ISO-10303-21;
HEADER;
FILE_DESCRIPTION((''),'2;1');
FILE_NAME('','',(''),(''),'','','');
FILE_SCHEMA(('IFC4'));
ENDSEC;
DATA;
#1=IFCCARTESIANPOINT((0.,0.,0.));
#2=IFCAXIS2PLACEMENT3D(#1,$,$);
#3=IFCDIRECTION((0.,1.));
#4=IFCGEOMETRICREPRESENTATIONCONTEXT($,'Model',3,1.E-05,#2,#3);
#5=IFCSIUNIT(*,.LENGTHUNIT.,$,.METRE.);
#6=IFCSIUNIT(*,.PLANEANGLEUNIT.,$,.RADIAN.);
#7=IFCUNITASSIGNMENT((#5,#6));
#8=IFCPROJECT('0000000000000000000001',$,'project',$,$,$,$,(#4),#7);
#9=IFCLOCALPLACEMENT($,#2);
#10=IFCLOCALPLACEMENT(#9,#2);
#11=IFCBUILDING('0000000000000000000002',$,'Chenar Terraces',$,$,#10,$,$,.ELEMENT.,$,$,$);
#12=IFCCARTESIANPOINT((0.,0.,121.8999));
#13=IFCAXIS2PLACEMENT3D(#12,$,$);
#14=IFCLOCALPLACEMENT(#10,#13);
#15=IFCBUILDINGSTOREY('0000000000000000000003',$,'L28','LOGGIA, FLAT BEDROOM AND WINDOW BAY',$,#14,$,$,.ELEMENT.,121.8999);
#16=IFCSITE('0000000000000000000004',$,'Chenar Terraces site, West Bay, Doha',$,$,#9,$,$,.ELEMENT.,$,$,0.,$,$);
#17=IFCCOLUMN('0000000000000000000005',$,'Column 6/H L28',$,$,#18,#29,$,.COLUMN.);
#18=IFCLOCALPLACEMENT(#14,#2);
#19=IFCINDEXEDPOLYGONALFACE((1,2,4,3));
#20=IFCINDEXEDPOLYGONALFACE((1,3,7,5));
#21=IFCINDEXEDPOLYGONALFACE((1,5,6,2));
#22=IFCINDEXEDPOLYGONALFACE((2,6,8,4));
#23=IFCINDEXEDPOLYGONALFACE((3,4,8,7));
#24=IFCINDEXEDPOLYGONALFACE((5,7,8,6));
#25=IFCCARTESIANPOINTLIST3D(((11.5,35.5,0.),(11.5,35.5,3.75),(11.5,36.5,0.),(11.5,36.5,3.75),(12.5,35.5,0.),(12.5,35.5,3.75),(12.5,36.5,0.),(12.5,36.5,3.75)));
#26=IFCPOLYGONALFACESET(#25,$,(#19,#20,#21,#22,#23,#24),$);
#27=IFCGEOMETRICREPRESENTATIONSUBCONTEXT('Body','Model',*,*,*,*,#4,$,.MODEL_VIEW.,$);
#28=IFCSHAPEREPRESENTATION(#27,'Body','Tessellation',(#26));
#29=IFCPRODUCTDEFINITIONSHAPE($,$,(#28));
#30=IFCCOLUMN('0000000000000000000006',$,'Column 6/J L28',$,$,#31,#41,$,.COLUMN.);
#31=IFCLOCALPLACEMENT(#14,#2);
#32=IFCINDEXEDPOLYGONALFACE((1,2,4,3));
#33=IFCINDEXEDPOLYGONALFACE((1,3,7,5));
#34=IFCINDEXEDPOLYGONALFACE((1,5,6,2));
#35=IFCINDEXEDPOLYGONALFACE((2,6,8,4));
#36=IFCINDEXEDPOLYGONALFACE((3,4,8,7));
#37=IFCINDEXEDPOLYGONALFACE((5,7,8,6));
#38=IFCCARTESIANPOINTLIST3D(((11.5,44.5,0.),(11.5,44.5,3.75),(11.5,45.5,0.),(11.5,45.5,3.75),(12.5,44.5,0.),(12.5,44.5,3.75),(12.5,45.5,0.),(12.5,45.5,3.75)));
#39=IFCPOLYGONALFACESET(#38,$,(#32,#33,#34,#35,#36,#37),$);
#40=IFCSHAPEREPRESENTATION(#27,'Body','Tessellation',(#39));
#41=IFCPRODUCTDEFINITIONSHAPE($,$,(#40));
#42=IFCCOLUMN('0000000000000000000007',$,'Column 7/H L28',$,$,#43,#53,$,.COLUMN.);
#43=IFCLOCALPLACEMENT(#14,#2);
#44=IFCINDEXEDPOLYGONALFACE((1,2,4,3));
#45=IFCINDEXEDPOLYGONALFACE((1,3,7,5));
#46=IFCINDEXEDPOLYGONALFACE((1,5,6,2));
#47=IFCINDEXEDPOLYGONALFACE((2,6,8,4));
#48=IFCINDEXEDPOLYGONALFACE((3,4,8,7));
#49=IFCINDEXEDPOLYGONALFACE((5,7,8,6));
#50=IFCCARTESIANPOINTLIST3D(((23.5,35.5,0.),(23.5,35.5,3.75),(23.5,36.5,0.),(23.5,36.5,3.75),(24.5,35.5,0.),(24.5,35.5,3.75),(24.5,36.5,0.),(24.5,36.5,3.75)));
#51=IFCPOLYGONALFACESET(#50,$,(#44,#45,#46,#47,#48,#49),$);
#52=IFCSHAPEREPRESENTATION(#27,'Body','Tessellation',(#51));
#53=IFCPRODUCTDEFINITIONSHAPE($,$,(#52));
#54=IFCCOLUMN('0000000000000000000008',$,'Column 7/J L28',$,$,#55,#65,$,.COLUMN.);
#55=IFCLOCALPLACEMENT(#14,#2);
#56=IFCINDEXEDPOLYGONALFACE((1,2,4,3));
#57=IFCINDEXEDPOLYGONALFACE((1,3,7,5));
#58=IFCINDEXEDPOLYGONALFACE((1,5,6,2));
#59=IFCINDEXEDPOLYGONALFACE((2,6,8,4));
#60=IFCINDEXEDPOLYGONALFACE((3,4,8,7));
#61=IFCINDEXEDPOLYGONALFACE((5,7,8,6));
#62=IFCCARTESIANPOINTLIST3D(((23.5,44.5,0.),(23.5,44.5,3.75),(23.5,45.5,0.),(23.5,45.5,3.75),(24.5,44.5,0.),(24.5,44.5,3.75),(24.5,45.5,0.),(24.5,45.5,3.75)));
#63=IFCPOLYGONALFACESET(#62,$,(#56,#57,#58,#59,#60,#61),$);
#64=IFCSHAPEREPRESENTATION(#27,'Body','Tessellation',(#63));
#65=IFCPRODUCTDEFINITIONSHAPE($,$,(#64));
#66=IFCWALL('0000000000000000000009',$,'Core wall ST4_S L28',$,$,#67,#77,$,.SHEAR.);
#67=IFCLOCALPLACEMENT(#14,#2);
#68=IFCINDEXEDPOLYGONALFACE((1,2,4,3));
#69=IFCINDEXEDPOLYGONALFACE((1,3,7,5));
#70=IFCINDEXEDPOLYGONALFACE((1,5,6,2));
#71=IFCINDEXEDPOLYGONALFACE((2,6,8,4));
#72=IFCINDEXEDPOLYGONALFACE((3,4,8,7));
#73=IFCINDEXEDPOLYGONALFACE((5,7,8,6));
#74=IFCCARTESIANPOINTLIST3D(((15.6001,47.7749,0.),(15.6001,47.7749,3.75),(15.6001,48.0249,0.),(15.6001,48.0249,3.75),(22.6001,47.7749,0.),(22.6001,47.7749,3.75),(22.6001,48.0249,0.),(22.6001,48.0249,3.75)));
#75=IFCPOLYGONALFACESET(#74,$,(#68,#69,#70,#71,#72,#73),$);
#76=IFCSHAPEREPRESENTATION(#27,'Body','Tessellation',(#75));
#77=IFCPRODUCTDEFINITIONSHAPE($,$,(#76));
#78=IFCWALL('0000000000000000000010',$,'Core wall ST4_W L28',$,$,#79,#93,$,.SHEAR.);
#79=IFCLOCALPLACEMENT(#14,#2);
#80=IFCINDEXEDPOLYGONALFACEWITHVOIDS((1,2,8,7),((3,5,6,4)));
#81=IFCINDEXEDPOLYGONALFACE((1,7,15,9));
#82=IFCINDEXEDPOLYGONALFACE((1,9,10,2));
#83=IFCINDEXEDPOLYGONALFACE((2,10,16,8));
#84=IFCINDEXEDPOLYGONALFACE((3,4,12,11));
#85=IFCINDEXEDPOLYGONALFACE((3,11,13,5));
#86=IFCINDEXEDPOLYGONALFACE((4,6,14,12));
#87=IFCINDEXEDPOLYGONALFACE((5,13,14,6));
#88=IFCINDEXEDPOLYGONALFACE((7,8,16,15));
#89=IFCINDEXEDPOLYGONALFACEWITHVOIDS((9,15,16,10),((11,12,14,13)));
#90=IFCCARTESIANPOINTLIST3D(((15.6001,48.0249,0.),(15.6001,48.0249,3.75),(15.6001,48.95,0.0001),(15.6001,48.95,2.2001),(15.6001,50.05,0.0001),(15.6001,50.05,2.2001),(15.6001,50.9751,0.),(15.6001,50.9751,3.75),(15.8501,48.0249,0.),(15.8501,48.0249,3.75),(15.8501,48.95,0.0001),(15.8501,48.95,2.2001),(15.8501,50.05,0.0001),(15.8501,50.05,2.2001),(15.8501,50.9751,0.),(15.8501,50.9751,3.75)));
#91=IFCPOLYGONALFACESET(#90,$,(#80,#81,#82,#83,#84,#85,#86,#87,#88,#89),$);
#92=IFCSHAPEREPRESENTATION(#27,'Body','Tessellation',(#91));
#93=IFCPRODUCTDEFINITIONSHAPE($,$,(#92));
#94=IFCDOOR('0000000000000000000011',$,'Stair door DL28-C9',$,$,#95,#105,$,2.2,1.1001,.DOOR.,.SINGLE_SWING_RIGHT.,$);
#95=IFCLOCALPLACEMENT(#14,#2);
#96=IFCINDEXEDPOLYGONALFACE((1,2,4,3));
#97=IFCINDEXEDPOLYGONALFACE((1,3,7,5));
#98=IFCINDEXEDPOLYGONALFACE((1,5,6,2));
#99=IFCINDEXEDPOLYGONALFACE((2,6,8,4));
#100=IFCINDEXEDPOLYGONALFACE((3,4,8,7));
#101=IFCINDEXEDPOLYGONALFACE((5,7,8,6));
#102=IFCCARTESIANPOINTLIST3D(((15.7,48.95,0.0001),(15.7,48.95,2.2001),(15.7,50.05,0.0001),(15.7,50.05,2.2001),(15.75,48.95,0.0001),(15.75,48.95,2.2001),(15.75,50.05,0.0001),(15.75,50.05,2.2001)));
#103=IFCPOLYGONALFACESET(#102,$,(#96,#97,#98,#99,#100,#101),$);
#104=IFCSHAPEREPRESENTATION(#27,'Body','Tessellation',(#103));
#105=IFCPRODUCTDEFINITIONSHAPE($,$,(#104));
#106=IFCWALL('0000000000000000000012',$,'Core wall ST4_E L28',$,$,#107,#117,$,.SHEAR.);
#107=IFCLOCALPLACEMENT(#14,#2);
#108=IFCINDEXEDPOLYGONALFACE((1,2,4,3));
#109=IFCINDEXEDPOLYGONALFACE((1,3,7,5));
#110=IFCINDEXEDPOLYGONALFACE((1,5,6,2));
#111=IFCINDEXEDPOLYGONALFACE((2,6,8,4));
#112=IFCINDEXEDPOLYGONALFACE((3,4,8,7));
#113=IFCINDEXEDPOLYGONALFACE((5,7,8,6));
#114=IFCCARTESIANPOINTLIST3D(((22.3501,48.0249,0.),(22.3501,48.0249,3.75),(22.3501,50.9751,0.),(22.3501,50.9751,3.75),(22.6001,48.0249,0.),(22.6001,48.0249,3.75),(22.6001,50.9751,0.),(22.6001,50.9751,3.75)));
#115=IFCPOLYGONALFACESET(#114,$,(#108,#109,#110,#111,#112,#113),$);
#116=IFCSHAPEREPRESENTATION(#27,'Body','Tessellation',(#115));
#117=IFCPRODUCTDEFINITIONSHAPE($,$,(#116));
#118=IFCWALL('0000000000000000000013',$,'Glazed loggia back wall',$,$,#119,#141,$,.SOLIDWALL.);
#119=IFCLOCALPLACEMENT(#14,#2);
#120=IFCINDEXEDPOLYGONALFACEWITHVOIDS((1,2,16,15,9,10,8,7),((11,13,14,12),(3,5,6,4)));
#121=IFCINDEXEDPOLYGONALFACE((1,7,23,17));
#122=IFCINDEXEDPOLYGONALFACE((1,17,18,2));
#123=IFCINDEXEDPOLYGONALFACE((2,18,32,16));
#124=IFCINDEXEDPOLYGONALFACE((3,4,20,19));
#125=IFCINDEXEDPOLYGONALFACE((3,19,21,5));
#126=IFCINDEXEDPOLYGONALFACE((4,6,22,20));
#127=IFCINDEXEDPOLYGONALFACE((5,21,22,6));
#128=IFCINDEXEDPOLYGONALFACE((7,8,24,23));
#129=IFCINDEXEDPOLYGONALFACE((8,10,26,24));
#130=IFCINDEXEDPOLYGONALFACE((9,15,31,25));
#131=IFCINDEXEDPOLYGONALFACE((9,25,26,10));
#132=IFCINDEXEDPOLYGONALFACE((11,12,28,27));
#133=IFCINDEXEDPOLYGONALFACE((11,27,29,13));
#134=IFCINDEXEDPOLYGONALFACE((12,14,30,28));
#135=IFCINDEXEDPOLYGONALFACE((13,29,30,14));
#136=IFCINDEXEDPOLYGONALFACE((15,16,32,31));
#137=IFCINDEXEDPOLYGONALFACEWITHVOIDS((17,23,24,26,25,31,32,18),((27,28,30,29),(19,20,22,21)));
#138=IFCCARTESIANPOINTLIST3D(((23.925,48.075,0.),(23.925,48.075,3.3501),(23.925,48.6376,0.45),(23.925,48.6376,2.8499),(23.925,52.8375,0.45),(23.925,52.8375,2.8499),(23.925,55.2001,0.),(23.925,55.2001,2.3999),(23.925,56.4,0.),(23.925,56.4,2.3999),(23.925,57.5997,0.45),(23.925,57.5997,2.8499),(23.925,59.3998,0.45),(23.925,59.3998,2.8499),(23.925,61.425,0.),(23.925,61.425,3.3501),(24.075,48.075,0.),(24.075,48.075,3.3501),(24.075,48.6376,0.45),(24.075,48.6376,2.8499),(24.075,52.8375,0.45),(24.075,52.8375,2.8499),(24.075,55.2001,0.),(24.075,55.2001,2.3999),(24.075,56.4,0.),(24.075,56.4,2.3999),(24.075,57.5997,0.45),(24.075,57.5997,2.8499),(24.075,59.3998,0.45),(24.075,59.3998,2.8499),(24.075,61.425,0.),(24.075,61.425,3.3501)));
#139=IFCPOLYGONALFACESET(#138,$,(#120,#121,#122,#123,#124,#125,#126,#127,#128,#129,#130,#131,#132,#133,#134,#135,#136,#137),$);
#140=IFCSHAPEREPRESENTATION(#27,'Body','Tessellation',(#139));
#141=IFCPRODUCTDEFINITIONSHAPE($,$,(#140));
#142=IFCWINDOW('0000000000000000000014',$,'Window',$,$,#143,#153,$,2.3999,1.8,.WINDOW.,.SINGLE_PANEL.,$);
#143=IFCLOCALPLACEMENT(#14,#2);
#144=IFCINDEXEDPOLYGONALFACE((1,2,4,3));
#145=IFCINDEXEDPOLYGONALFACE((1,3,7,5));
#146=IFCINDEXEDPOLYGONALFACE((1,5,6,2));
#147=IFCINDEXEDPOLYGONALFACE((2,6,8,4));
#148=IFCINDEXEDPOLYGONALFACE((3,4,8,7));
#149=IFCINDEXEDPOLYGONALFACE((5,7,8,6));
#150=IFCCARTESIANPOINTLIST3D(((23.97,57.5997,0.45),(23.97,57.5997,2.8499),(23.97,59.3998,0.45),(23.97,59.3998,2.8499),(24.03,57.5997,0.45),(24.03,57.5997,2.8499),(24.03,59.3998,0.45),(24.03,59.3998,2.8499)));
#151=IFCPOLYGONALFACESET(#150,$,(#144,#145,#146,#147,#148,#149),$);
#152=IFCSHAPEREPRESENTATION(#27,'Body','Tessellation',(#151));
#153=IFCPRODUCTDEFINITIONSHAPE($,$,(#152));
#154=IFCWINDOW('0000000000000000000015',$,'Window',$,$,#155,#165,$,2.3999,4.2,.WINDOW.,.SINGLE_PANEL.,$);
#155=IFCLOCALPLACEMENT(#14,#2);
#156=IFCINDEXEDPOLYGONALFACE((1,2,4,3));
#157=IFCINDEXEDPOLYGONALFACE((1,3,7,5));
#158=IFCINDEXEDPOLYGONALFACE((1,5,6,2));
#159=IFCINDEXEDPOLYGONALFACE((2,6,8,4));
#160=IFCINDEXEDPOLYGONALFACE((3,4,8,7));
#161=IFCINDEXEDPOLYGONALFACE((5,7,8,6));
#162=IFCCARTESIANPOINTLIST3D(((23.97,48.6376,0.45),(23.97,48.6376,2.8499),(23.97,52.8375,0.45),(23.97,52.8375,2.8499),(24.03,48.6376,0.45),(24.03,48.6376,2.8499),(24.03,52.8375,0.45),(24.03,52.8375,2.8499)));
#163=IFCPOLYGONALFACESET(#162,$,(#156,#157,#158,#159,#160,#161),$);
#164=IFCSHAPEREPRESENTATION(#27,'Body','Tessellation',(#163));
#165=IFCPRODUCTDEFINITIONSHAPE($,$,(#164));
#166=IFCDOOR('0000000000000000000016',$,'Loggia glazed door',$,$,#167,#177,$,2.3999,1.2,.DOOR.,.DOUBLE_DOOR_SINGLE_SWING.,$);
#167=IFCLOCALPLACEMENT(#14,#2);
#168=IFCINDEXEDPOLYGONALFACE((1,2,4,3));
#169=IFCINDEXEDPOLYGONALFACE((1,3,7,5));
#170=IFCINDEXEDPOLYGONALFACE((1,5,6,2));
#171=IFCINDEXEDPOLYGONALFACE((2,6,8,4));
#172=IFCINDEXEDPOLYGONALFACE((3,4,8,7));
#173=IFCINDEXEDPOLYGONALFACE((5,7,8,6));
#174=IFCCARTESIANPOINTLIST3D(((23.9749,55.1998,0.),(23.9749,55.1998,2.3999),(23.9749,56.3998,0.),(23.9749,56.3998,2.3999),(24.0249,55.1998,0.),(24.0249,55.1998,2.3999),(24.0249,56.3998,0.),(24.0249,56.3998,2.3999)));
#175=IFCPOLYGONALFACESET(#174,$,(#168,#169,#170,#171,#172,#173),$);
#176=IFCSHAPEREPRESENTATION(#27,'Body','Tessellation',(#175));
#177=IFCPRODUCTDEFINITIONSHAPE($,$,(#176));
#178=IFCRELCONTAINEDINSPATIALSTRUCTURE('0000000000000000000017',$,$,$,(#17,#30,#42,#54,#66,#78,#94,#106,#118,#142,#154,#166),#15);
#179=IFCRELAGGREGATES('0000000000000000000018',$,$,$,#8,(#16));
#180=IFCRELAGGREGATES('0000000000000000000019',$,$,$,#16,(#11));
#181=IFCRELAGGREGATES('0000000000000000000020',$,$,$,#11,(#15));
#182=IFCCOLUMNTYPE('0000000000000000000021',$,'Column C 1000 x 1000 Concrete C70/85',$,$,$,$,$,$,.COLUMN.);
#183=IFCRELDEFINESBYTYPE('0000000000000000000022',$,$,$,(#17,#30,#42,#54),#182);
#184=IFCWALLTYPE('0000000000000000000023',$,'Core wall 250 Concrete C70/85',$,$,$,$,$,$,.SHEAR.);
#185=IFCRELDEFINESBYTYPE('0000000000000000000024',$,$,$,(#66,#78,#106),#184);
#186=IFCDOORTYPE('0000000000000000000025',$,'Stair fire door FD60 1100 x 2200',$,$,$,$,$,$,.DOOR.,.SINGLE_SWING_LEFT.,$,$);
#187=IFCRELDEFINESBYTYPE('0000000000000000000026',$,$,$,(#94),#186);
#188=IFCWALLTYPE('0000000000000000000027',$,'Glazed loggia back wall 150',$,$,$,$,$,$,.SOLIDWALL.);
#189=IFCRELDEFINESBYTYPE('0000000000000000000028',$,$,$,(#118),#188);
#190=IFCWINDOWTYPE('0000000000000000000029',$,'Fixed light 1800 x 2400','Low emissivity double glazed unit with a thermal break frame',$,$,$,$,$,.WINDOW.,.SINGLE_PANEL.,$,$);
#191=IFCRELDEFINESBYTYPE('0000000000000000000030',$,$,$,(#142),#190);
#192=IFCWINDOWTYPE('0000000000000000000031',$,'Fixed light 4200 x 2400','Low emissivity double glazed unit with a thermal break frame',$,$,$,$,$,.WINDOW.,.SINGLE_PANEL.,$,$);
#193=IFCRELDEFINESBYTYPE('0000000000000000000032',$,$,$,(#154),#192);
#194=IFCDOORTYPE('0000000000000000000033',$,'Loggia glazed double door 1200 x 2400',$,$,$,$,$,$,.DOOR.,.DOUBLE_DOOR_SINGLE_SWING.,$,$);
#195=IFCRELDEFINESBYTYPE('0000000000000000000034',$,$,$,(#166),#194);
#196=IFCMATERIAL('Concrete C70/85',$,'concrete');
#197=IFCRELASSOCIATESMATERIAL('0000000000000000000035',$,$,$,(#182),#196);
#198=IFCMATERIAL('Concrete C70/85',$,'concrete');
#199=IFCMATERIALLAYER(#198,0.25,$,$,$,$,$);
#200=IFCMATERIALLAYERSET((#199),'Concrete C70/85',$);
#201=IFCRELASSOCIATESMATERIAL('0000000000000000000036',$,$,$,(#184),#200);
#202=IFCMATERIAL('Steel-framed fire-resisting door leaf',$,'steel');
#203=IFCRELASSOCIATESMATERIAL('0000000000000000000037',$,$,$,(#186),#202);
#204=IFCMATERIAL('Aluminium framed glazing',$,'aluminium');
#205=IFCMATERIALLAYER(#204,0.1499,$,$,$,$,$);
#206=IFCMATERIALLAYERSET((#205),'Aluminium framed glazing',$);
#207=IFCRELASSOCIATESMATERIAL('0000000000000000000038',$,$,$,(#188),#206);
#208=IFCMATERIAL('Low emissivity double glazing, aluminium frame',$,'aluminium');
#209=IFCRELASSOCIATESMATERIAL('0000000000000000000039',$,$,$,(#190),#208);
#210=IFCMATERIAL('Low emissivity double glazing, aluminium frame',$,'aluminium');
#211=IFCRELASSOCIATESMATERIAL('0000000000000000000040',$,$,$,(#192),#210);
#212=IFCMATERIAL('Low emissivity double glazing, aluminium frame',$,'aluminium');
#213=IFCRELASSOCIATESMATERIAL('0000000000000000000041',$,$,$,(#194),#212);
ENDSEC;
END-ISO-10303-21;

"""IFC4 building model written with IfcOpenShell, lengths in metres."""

from ifc_helpers import new_model, si_unit, direction, frame, frame_2d, origin, origin_2d, place, context, subcontext, project, spatial, rectangle, extrude, material, layer, layer_set, material_profile, profile_set, type_object, element, fill, save


model = new_model("IFC4")

# Units and contexts
model_context = context("Model", 3, precision=1e-05, world=origin(), true_north=direction((0.0, 1.0)))
body_context = subcontext(model_context, "Body", "Model", "MODEL_VIEW")
ifc_project = project(units=[si_unit("LENGTHUNIT", "METRE"), si_unit("PLANEANGLEUNIT", "RADIAN")], contexts=[model_context])

# Site, building, storey
site_placement = place(None, origin())
site = spatial("IfcSite", under=ifc_project, at=site_placement, Name="Chenar Terraces site, West Bay, Doha", CompositionType="ELEMENT", RefElevation=0.0)
building_placement = place(site_placement, origin())
building = spatial("IfcBuilding", under=site, at=building_placement, Name="Chenar Terraces", CompositionType="ELEMENT")
storey_placement = place(building_placement, frame((0.0, 0.0, 121.8999)))
storey = spatial("IfcBuildingStorey", under=building, at=storey_placement, Name="L28", Description="LOGGIA, FLAT BEDROOM AND WINDOW BAY", CompositionType="ELEMENT", Elevation=121.8999)

# Columns
ifc_material_1 = material(Name="Concrete C70/85", Category="concrete")
ifc_material_profile = material_profile(ifc_material_1, rectangle(XDim=1.0, YDim=1.0, at=origin_2d()), Name="C 1000 x 1000")
ifc_profile_set = profile_set([ifc_material_profile], Name="Concrete C70/85")
column_type = type_object("IfcColumnType", Name="Column C 1000 x 1000 Concrete C70/85", PredefinedType="COLUMN", material=ifc_profile_set)
for number, where, z_axis, x_axis, name in (
    (1, (12.0, 36.0, 0.0), (0.0, 0.0, 1.0), (1.0, 0.0, 0.0), "Column 6/H L28"),
    (2, (12.0, 45.0, 0.0), (0.0, 0.0, 1.0), (1.0, 0.0, 0.0), "Column 6/J L28"),
    (3, (24.0, 36.0, 0.0), (0.0, 0.0, 1.0), (1.0, 0.0, 0.0), "Column 7/H L28"),
    (4, (24.0, 45.0, 0.0), (0.0, 0.0, 1.0), (1.0, 0.0, 0.0), "Column 7/J L28"),
):
    element("IfcColumn", number, at=place(storey_placement, frame(where, z_axis=z_axis, x_axis=x_axis)), inside=storey, type_object=column_type, Name=name, PredefinedType="COLUMN", context=body_context, shape_type="SweptSolid", body=[
        extrude(rectangle(XDim=1.0, YDim=1.0, at=origin_2d()), origin(), (0.0, 0.0, 1.0), 3.75),
    ])

# Wall
ifc_material_2 = material(Name="Concrete C70/85", Category="concrete")
ifc_layer_1 = layer(ifc_material_2, 0.25)
ifc_layer_set_1 = layer_set([ifc_layer_1], Name="Concrete C70/85")
wall_type_1 = type_object("IfcWallType", Name="Core wall 250 Concrete C70/85", PredefinedType="SHEAR", material=ifc_layer_set_1)
wall_1_placement = place(storey_placement, frame((15.6001, 47.8999, 0.0), z_axis=(0.0, 0.0, 1.0), x_axis=(1.0, 0.0, 0.0)))
element("IfcWall", 5, at=wall_1_placement, inside=storey, type_object=wall_type_1, Name="Core wall ST4_S L28", PredefinedType="SHEAR", context=body_context, shape_type="SweptSolid", body=[
    extrude(rectangle(XDim=7.0, YDim=0.25, at=frame_2d((3.5, 0.0))), origin(), (0.0, 0.0, 1.0), 3.75),
])

# Wall, opening, door
wall_2_placement = place(storey_placement, frame((15.7251, 48.0249, 0.0), z_axis=(0.0, 0.0, 1.0), x_axis=(0.0, 1.0, 0.0)))
wall_2 = element("IfcWall", 6, at=wall_2_placement, inside=storey, type_object=wall_type_1, Name="Core wall ST4_W L28", PredefinedType="SHEAR", context=body_context, shape_type="SweptSolid", body=[
    extrude(rectangle(XDim=2.9502, YDim=0.25, at=frame_2d((1.4751, 0.0))), origin(), (0.0, 0.0, 1.0), 3.75),
])
opening_1_placement = place(wall_2_placement, frame((0.925, 0.0, 0.0)))
opening_1 = element("IfcOpeningElement", 7, at=opening_1_placement, cuts=wall_2, PredefinedType="OPENING", context=body_context, shape_type="SweptSolid", body=[
    extrude(rectangle(XDim=1.1001, YDim=2.2, at=frame_2d((0.55, 1.1001))), frame((0.0, 0.135, 0.0), z_axis=(0.0, -1.0, 0.0), x_axis=(1.0, 0.0, 0.0)), (0.0, 0.0, 1.0), 0.27),
])
ifc_material_3 = material(Name="Steel-framed fire-resisting door leaf", Category="steel")
door_type_1 = type_object("IfcDoorType", Name="Stair fire door FD60 1100 x 2200", OperationType="SINGLE_SWING_LEFT", PredefinedType="DOOR", material=ifc_material_3)
door_1_placement = place(opening_1_placement, frame((1.1001, 0.0, 0.0), z_axis=(0.0, 0.0, 1.0), x_axis=(-1.0, 0.0, 0.0)))
door_1 = element("IfcDoor", 8, at=door_1_placement, inside=storey, type_object=door_type_1, Name="Stair door DL28-C9", OperationType="SINGLE_SWING_RIGHT", OverallHeight=2.2, OverallWidth=1.1001, PredefinedType="DOOR", context=body_context, shape_type="SweptSolid", body=[
    extrude(rectangle(XDim=1.1001, YDim=2.2, at=frame_2d((0.55, 1.1001))), frame((0.0, 0.0249, 0.0), z_axis=(0.0, -1.0, 0.0), x_axis=(1.0, 0.0, 0.0)), (0.0, 0.0, 1.0), 0.05),
])
fill(opening_1, door_1)

# Wall
wall_3_placement = place(storey_placement, frame((22.4751, 48.0249, 0.0), z_axis=(0.0, 0.0, 1.0), x_axis=(0.0, 1.0, 0.0)))
element("IfcWall", 9, at=wall_3_placement, inside=storey, type_object=wall_type_1, Name="Core wall ST4_E L28", PredefinedType="SHEAR", context=body_context, shape_type="SweptSolid", body=[
    extrude(rectangle(XDim=2.9502, YDim=0.25, at=frame_2d((1.4751, 0.0))), origin(), (0.0, 0.0, 1.0), 3.75),
])

# Wall, openings, windows, door
ifc_material_4 = material(Name="Aluminium framed glazing", Category="aluminium")
ifc_layer_2 = layer(ifc_material_4, 0.1499)
ifc_layer_set_2 = layer_set([ifc_layer_2], Name="Aluminium framed glazing")
wall_type_2 = type_object("IfcWallType", Name="Glazed loggia back wall 150", PredefinedType="SOLIDWALL", material=ifc_layer_set_2)
wall_4_placement = place(storey_placement, frame((24.0, 48.075, 0.0), z_axis=(0.0, 0.0, 1.0), x_axis=(0.0, 1.0, 0.0)))
wall_4 = element("IfcWall", 10, at=wall_4_placement, inside=storey, type_object=wall_type_2, Name="Glazed loggia back wall", PredefinedType="SOLIDWALL", context=body_context, shape_type="SweptSolid", body=[
    extrude(rectangle(XDim=13.3501, YDim=0.1499, at=frame_2d((6.675, 0.0))), origin(), (0.0, 0.0, 1.0), 3.3501),
])
opening_2_placement = place(wall_4_placement, frame((0.5625, 0.0, 0.45)))
opening_2 = element("IfcOpeningElement", 11, at=opening_2_placement, cuts=wall_4, PredefinedType="OPENING", context=body_context, shape_type="SweptSolid", body=[
    extrude(rectangle(XDim=4.2, YDim=2.3999, at=frame_2d((2.1001, 1.2))), frame((0.0, 0.085, 0.0), z_axis=(0.0, -1.0, 0.0), x_axis=(1.0, 0.0, 0.0)), (0.0, 0.0, 1.0), 0.1699),
])
opening_3_placement = place(wall_4_placement, frame((7.125, 0.0, 0.0)))
opening_3 = element("IfcOpeningElement", 12, at=opening_3_placement, cuts=wall_4, PredefinedType="OPENING", context=body_context, shape_type="SweptSolid", body=[
    extrude(rectangle(XDim=1.2, YDim=2.3999, at=frame_2d((0.6001, 1.2))), frame((0.0, 0.085, 0.0), z_axis=(0.0, -1.0, 0.0), x_axis=(1.0, 0.0, 0.0)), (0.0, 0.0, 1.0), 0.1699),
])
opening_4_placement = place(wall_4_placement, frame((9.5249, 0.0, 0.45)))
opening_4 = element("IfcOpeningElement", 13, at=opening_4_placement, cuts=wall_4, PredefinedType="OPENING", context=body_context, shape_type="SweptSolid", body=[
    extrude(rectangle(XDim=1.8, YDim=2.3999, at=frame_2d((0.8999, 1.2))), frame((0.0, 0.085, 0.0), z_axis=(0.0, -1.0, 0.0), x_axis=(1.0, 0.0, 0.0)), (0.0, 0.0, 1.0), 0.1699),
])
ifc_material_5 = material(Name="Low emissivity double glazing, aluminium frame", Category="aluminium")
window_type_1 = type_object("IfcWindowType", Name="Fixed light 1800 x 2400", Description="Low emissivity double glazed unit with a thermal break frame", PartitioningType="SINGLE_PANEL", PredefinedType="WINDOW", material=ifc_material_5)
window_1_placement = place(opening_4_placement, origin())
window_1 = element("IfcWindow", 14, at=window_1_placement, inside=storey, type_object=window_type_1, Name="Window", OverallHeight=2.3999, OverallWidth=1.8, PartitioningType="SINGLE_PANEL", PredefinedType="WINDOW", context=body_context, shape_type="SweptSolid", body=[
    extrude(rectangle(XDim=1.8, YDim=2.3999, at=frame_2d((0.8999, 1.2))), frame((0.0, 0.03, 0.0), z_axis=(0.0, -1.0, 0.0), x_axis=(1.0, 0.0, 0.0)), (0.0, 0.0, 1.0), 0.0601),
])
fill(opening_4, window_1)
ifc_material_6 = material(Name="Low emissivity double glazing, aluminium frame", Category="aluminium")
window_type_2 = type_object("IfcWindowType", Name="Fixed light 4200 x 2400", Description="Low emissivity double glazed unit with a thermal break frame", PartitioningType="SINGLE_PANEL", PredefinedType="WINDOW", material=ifc_material_6)
window_2_placement = place(opening_2_placement, origin())
window_2 = element("IfcWindow", 15, at=window_2_placement, inside=storey, type_object=window_type_2, Name="Window", OverallHeight=2.3999, OverallWidth=4.2, PartitioningType="SINGLE_PANEL", PredefinedType="WINDOW", context=body_context, shape_type="SweptSolid", body=[
    extrude(rectangle(XDim=4.2, YDim=2.3999, at=frame_2d((2.1001, 1.2))), frame((0.0, 0.03, 0.0), z_axis=(0.0, -1.0, 0.0), x_axis=(1.0, 0.0, 0.0)), (0.0, 0.0, 1.0), 0.0601),
])
fill(opening_2, window_2)
ifc_material_7 = material(Name="Low emissivity double glazing, aluminium frame", Category="aluminium")
door_type_2 = type_object("IfcDoorType", Name="Loggia glazed double door 1200 x 2400", OperationType="DOUBLE_DOOR_SINGLE_SWING", PredefinedType="DOOR", material=ifc_material_7)
door_2_placement = place(opening_3_placement, frame((1.2, 0.0, 0.0), z_axis=(0.0, 0.0, 1.0), x_axis=(-1.0, 0.0, 0.0)))
door_2 = element("IfcDoor", 16, at=door_2_placement, inside=storey, type_object=door_type_2, Name="Loggia glazed door", OperationType="DOUBLE_DOOR_SINGLE_SWING", OverallHeight=2.3999, OverallWidth=1.2, PredefinedType="DOOR", context=body_context, shape_type="SweptSolid", body=[
    extrude(rectangle(XDim=1.2, YDim=2.3999, at=frame_2d((0.6001, 1.2))), frame((0.0, 0.0249, 0.0), z_axis=(0.0, -1.0, 0.0), x_axis=(1.0, 0.0, 0.0)), (0.0, 0.0, 1.0), 0.05),
])
fill(opening_3, door_2)

save(model, "model.ifc")
